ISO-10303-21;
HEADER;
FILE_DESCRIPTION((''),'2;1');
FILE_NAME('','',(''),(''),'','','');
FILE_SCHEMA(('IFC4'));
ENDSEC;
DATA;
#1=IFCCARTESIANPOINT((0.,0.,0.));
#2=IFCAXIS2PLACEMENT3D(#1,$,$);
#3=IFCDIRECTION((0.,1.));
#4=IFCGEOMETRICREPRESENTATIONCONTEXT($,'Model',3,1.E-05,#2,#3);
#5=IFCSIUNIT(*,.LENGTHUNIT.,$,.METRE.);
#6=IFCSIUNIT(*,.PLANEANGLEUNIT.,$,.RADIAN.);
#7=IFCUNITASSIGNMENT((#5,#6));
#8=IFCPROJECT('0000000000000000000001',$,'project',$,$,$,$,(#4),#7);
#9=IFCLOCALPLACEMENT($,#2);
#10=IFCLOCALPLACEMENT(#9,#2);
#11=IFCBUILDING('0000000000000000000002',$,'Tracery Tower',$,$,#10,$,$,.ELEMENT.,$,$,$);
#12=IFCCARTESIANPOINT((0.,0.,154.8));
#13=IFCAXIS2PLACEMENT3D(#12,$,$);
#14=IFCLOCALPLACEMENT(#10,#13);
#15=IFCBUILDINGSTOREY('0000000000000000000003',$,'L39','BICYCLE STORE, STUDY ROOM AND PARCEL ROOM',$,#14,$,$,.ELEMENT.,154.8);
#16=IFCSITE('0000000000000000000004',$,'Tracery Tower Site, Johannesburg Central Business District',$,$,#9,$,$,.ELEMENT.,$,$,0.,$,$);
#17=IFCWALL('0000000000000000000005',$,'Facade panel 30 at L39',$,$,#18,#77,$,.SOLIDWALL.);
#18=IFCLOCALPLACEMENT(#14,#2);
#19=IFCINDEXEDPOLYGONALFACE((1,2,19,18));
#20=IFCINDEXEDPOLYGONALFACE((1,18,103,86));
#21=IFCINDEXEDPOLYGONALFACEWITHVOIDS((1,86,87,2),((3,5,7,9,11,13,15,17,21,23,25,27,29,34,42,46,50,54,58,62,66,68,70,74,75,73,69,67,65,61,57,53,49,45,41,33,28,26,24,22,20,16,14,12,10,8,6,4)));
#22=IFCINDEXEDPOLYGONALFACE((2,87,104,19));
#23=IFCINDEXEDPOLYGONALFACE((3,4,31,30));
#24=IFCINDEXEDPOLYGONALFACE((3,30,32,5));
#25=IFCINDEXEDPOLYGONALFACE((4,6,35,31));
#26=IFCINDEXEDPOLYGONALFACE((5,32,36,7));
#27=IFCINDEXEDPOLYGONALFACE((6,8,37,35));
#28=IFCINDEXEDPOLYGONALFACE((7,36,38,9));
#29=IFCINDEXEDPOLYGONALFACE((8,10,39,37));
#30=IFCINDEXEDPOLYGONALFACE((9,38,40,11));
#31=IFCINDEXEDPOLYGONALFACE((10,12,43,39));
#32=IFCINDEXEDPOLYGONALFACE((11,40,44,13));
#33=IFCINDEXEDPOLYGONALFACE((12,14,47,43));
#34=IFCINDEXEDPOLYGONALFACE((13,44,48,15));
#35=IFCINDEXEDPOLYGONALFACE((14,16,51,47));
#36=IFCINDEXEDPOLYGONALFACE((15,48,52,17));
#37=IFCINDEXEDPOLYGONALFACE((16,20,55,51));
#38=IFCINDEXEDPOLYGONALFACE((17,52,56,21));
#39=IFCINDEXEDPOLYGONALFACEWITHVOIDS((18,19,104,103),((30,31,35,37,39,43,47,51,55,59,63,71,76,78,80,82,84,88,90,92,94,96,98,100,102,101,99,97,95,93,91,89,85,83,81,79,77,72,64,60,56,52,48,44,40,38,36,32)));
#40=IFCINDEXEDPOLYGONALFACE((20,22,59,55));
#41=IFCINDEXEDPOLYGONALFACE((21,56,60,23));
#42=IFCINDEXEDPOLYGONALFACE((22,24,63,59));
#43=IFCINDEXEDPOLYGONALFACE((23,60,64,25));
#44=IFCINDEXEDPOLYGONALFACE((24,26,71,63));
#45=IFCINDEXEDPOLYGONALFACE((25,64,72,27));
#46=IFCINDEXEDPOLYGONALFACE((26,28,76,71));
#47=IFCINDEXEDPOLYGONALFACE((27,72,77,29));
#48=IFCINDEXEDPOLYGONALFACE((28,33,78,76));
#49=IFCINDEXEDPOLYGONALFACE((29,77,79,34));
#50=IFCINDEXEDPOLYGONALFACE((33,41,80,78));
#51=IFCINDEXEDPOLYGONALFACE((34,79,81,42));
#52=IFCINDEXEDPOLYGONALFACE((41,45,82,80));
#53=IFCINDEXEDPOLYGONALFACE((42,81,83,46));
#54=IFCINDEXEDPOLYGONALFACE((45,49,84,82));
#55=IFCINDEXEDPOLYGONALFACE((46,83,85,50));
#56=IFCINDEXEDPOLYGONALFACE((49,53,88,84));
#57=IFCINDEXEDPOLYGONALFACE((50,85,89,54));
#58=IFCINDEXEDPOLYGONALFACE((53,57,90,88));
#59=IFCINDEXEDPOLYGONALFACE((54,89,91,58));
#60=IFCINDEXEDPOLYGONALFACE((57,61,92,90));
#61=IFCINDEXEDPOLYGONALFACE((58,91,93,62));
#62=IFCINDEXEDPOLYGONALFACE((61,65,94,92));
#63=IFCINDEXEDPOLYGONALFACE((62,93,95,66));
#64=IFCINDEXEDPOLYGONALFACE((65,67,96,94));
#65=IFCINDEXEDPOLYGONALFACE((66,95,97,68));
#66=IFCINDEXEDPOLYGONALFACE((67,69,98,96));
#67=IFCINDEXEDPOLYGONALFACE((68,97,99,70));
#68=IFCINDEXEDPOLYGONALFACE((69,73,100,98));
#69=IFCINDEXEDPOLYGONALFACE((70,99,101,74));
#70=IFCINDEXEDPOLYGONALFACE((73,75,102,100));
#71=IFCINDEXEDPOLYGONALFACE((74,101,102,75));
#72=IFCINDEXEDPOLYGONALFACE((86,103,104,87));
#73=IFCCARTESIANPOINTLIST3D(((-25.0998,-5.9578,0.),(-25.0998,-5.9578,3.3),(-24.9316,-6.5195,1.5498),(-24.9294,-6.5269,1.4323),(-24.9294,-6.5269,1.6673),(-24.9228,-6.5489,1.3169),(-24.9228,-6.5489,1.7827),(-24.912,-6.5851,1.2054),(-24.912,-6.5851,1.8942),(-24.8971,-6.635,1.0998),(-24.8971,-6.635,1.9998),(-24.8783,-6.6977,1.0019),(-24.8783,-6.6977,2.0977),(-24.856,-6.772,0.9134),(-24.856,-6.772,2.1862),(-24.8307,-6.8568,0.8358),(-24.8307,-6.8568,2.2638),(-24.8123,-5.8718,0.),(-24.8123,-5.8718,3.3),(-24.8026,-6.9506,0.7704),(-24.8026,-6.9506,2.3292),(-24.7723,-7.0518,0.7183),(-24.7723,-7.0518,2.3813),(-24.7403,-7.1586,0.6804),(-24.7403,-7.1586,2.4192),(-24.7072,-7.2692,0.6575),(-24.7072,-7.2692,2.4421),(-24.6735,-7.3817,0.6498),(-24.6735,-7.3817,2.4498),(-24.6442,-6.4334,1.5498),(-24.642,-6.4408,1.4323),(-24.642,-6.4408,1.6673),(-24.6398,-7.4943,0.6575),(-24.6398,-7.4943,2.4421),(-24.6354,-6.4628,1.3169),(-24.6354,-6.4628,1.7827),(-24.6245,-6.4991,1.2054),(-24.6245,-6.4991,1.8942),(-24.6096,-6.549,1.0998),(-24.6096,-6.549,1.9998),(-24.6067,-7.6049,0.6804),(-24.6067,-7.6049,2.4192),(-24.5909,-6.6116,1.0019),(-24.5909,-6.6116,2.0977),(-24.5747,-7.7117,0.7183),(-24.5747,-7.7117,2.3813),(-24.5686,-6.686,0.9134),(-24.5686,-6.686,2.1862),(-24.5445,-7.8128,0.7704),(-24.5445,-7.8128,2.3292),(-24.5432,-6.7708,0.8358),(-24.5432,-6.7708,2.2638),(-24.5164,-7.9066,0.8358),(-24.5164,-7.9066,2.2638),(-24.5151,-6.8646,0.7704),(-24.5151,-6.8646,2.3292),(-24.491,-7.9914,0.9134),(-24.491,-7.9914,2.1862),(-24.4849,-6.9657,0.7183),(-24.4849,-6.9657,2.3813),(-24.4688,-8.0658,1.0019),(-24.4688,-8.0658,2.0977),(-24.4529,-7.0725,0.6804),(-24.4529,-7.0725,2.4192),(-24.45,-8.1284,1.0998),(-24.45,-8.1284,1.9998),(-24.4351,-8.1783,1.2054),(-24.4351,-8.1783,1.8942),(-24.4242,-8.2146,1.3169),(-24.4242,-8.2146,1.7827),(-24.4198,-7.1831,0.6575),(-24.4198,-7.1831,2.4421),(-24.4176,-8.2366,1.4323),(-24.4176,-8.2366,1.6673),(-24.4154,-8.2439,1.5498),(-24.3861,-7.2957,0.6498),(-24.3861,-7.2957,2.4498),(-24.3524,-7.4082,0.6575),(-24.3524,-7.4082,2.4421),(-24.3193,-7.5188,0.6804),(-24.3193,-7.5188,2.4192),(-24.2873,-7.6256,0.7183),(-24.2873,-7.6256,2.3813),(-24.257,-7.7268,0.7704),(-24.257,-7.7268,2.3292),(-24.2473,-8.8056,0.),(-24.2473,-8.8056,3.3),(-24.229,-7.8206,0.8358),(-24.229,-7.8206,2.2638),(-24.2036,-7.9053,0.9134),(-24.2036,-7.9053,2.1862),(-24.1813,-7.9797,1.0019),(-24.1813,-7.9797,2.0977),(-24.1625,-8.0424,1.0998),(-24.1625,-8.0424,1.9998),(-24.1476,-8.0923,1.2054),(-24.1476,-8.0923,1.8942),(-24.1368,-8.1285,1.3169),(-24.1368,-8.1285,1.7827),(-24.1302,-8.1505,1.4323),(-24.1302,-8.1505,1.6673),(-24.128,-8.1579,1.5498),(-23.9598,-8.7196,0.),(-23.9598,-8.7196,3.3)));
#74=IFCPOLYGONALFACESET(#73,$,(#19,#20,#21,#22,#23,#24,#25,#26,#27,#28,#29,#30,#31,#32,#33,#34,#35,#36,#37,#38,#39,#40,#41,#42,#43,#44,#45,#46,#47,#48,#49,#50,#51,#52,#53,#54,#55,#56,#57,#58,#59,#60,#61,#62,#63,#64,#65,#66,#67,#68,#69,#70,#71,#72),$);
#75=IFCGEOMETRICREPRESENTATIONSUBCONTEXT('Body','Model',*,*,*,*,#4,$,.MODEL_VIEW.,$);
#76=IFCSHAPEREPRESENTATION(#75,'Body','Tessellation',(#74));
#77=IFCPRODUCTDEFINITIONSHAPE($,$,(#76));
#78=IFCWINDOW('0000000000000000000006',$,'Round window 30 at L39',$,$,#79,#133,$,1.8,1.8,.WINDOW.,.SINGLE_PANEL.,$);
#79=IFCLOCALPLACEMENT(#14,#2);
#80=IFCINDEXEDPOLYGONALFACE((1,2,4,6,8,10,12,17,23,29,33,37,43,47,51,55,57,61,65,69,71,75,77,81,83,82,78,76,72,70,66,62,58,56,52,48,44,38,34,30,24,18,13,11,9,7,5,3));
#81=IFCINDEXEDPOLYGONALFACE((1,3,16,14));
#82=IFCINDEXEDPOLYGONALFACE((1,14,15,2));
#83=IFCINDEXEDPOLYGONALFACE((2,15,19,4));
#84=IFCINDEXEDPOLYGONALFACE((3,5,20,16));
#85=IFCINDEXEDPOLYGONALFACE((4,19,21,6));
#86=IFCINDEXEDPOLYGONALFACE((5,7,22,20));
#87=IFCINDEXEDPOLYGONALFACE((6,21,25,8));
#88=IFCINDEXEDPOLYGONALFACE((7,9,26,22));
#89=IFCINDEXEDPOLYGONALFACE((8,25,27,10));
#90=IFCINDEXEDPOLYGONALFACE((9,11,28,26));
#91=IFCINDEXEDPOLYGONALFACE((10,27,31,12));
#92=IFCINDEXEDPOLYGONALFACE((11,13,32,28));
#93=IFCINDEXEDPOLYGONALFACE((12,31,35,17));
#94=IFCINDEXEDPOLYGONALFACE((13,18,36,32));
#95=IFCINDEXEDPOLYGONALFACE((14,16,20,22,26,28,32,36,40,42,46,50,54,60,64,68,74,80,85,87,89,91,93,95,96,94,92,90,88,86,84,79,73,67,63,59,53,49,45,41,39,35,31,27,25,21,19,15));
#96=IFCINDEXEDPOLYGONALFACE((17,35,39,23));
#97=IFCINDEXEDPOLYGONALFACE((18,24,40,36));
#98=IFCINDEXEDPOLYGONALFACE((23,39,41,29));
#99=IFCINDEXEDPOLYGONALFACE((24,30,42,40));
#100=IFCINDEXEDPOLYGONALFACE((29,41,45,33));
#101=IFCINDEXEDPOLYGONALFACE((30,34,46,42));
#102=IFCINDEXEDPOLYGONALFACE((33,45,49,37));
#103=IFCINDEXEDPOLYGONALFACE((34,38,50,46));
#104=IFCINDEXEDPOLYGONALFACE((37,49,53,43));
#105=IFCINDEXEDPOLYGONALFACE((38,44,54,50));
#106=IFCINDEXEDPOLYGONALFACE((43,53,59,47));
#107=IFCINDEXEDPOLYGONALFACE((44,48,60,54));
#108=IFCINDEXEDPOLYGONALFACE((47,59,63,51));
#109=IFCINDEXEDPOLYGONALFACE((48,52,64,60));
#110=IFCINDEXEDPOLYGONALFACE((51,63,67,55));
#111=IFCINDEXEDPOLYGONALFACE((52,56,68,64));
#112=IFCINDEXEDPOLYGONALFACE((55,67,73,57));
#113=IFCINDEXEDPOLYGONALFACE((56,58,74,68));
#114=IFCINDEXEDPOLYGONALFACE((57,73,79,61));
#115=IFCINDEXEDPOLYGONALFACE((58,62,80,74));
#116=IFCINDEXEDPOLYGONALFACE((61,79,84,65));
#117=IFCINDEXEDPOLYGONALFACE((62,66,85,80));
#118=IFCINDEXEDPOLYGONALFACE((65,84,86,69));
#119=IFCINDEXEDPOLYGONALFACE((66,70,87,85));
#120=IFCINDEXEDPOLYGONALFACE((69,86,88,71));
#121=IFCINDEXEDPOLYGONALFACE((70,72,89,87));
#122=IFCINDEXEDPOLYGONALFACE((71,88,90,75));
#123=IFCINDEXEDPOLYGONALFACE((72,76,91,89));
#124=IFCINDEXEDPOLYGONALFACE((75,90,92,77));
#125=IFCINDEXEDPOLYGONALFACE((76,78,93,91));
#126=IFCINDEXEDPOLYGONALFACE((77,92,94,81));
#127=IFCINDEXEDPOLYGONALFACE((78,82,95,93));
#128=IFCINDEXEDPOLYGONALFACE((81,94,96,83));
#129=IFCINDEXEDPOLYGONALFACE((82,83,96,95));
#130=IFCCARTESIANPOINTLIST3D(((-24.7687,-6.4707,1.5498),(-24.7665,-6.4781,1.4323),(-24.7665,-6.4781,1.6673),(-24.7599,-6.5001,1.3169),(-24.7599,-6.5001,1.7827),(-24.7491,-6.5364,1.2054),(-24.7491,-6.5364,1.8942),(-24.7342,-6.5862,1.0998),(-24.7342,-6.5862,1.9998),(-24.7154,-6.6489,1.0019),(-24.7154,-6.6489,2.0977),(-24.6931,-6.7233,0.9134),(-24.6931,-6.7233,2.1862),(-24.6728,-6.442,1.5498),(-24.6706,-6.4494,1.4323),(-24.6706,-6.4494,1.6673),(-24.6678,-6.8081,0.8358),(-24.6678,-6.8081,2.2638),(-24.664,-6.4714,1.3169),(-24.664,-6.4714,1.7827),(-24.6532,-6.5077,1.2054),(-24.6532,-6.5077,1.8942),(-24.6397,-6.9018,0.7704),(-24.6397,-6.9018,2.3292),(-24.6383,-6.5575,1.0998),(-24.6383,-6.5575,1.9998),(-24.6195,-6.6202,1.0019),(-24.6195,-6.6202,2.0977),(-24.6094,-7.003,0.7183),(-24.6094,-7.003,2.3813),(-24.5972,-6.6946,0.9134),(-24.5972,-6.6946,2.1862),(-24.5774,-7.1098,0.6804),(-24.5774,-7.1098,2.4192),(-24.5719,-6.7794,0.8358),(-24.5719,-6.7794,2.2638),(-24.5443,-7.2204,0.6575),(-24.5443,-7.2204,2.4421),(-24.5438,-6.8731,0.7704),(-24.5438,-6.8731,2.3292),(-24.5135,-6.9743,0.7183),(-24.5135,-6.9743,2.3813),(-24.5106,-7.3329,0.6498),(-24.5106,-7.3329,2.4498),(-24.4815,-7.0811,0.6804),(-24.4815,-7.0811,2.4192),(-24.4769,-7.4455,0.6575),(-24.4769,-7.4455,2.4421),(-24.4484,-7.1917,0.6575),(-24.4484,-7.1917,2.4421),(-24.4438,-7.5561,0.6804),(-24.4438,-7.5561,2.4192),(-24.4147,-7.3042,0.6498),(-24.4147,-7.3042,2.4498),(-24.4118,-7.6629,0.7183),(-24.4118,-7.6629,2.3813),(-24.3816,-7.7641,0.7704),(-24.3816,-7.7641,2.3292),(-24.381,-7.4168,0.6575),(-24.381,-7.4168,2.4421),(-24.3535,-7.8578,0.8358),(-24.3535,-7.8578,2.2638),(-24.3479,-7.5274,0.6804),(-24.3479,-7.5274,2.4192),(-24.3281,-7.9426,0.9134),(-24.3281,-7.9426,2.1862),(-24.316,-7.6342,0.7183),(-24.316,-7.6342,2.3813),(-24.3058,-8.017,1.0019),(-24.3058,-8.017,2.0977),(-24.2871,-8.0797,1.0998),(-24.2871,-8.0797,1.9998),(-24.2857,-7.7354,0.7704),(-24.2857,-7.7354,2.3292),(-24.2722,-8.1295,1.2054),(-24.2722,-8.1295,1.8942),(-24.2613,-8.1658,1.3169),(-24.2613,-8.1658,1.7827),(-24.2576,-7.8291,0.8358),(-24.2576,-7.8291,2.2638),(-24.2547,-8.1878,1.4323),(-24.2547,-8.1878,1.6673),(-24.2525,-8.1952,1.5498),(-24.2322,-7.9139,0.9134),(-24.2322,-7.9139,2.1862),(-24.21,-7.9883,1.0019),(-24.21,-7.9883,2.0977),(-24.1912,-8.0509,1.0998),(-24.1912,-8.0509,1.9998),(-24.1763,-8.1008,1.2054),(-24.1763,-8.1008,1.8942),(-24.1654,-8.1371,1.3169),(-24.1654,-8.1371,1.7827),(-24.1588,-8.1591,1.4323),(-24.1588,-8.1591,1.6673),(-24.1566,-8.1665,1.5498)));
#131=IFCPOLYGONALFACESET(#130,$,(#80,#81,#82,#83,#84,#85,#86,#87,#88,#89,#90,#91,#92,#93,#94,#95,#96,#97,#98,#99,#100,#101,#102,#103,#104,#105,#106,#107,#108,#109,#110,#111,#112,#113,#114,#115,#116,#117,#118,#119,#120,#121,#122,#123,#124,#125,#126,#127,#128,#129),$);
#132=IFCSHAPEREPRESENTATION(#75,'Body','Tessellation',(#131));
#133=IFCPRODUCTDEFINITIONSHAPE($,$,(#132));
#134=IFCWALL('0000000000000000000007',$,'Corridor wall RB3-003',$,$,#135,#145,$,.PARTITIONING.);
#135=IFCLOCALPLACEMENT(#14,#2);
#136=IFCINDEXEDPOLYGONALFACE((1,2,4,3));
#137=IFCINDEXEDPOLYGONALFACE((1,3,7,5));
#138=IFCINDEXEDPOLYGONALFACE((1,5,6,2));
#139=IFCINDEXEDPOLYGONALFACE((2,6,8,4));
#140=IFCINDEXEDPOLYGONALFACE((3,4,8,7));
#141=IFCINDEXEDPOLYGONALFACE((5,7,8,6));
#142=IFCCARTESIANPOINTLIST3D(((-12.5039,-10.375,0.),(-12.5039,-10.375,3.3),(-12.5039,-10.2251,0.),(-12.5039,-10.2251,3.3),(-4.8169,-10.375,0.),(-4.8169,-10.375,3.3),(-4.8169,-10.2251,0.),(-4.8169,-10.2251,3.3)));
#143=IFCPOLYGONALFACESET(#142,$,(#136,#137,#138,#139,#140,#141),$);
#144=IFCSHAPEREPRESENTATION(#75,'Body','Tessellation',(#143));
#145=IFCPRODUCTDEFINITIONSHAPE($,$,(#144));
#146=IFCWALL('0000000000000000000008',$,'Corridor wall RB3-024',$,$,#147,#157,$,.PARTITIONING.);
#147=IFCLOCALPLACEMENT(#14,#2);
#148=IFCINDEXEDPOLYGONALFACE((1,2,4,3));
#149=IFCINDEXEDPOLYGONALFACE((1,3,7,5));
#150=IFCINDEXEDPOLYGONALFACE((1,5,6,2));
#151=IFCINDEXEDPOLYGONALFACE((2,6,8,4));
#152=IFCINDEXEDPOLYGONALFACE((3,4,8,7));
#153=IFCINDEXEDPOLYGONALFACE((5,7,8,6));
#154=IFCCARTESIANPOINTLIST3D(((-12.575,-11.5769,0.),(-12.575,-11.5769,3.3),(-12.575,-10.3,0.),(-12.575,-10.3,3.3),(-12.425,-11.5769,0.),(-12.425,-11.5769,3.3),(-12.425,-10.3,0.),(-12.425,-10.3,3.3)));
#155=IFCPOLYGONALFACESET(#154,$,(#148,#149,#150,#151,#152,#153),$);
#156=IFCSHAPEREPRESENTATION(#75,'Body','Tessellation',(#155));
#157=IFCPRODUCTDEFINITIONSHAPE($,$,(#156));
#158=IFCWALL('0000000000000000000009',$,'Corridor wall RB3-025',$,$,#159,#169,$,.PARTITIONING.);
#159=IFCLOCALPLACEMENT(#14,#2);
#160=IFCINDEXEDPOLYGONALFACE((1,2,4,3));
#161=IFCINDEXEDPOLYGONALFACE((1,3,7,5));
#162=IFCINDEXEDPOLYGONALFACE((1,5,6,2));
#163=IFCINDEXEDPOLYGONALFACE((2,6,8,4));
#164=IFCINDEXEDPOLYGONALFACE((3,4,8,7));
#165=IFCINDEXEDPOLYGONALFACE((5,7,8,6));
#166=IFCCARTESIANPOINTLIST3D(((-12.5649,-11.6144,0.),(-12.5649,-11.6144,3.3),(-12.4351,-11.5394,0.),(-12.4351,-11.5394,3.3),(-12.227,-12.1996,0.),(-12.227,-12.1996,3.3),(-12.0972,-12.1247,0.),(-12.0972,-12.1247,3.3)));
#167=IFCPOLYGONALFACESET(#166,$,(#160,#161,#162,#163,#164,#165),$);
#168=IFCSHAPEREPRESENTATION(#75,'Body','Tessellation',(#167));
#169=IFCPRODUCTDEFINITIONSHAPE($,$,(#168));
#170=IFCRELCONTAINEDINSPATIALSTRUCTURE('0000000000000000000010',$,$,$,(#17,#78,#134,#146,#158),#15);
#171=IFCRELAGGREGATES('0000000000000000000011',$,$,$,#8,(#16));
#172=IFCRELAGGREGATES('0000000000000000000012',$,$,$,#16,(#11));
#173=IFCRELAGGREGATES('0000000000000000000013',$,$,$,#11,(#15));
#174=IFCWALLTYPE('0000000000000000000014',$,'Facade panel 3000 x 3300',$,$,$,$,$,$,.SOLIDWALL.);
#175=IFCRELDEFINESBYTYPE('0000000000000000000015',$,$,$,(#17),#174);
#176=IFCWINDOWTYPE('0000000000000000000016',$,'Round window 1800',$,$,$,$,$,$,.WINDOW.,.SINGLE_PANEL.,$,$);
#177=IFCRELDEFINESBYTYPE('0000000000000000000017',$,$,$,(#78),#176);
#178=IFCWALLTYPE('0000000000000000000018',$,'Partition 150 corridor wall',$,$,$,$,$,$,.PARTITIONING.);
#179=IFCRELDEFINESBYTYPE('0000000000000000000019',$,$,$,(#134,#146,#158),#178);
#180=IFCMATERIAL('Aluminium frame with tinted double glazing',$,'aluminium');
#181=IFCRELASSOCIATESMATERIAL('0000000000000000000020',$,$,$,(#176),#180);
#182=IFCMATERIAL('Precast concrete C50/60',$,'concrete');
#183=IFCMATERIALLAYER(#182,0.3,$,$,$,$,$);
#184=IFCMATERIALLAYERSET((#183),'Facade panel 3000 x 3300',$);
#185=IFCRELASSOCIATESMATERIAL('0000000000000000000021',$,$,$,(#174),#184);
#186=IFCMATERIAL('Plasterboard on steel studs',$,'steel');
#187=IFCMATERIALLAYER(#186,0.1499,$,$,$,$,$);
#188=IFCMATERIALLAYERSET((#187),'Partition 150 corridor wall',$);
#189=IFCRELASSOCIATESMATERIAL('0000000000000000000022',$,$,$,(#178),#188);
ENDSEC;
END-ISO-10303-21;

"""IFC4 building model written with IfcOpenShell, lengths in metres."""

from ifc_helpers import new_model, si_unit, direction, frame, frame_2d, origin, origin_2d, place, context, subcontext, project, spatial, rectangle, circle, extrude, material, layer, layer_set, type_object, element, fill, save


model = new_model("IFC4")

# Units and contexts
model_context = context("Model", 3, precision=1e-05, world=origin(), true_north=direction((0.0, 1.0)))
body_context = subcontext(model_context, "Body", "Model", "MODEL_VIEW")
ifc_project = project(units=[si_unit("LENGTHUNIT", "METRE"), si_unit("PLANEANGLEUNIT", "RADIAN")], contexts=[model_context])

# Site, building, storey
site_placement = place(None, origin())
site = spatial("IfcSite", under=ifc_project, at=site_placement, Name="Tracery Tower Site, Johannesburg Central Business District", CompositionType="ELEMENT", RefElevation=0.0)
building_placement = place(site_placement, origin())
building = spatial("IfcBuilding", under=site, at=building_placement, Name="Tracery Tower", CompositionType="ELEMENT")
storey_placement = place(building_placement, frame((0.0, 0.0, 154.8)))
storey = spatial("IfcBuildingStorey", under=building, at=storey_placement, Name="L39", Description="BICYCLE STORE, STUDY ROOM AND PARCEL ROOM", CompositionType="ELEMENT", Elevation=154.8)

# Wall, opening, window
ifc_material_1 = material(Name="Aluminium frame with tinted double glazing", Category="aluminium")
window_type = type_object("IfcWindowType", Name="Round window 1800", PartitioningType="SINGLE_PANEL", PredefinedType="WINDOW", material=ifc_material_1)
ifc_material_2 = material(Name="Precast concrete C50/60", Category="concrete")
ifc_layer_1 = layer(ifc_material_2, 0.3)
ifc_layer_set_1 = layer_set([ifc_layer_1], Name="Facade panel 3000 x 3300")
wall_type_1 = type_object("IfcWallType", Name="Facade panel 3000 x 3300", PredefinedType="SOLIDWALL", material=ifc_layer_set_1)
wall_1_placement = place(storey_placement, frame((-24.9561, -5.9148, 0.0), z_axis=(0.0, 0.0, 1.0), x_axis=(0.286783, -0.957996, 0.0)))
wall_1 = element("IfcWall", 1, at=wall_1_placement, inside=storey, type_object=wall_type_1, Name="Facade panel 30 at L39", PredefinedType="SOLIDWALL", context=body_context, shape_type="SweptSolid", body=[
    extrude(rectangle(XDim=2.9727, YDim=0.3, at=frame_2d((1.4863, 0.0))), origin(), (0.0, 0.0, 1.0), 3.3),
])
opening_1_placement = place(wall_1_placement, frame((1.4863, 0.0, 1.5498)))
opening_1 = element("IfcOpeningElement", 2, at=opening_1_placement, cuts=wall_1, PredefinedType="OPENING", context=body_context, shape_type="SweptSolid", body=[
    extrude(circle(Radius=0.9, at=origin_2d()), frame((0.0, 0.1599, 0.0), z_axis=(0.0, -1.0, 0.0), x_axis=(1.0, 0.0, 0.0)), (0.0, 0.0, 1.0), 0.3201),
])
window_1_placement = place(opening_1_placement, origin())
window_1 = element("IfcWindow", 3, at=window_1_placement, inside=storey, type_object=window_type, Name="Round window 30 at L39", OverallHeight=1.8, OverallWidth=1.8, PartitioningType="SINGLE_PANEL", PredefinedType="WINDOW", context=body_context, shape_type="SweptSolid", body=[
    extrude(circle(Radius=0.9, at=origin_2d()), frame((0.0, 0.1201, 0.0), z_axis=(0.0, -1.0, 0.0), x_axis=(1.0, 0.0, 0.0)), (0.0, 0.0, 1.0), 0.1001),
])
fill(opening_1, window_1)

# Walls
ifc_material_3 = material(Name="Plasterboard on steel studs", Category="steel")
ifc_layer_2 = layer(ifc_material_3, 0.1499)
ifc_layer_set_2 = layer_set([ifc_layer_2], Name="Partition 150 corridor wall")
wall_type_2 = type_object("IfcWallType", Name="Partition 150 corridor wall", PredefinedType="PARTITIONING", material=ifc_layer_set_2)
wall_2_placement = place(storey_placement, frame((-12.5039, -10.3, 0.0), z_axis=(0.0, 0.0, 1.0), x_axis=(1.0, 0.0, 0.0)))
element("IfcWall", 4, at=wall_2_placement, inside=storey, type_object=wall_type_2, Name="Corridor wall RB3-003", PredefinedType="PARTITIONING", context=body_context, shape_type="SweptSolid", body=[
    extrude(rectangle(XDim=7.687, YDim=0.1499, at=frame_2d((3.8435, 0.0))), origin(), (0.0, 0.0, 1.0), 3.3),
])
wall_3_placement = place(storey_placement, frame((-12.5, -11.5769, 0.0), z_axis=(0.0, 0.0, 1.0), x_axis=(0.0, 1.0, 0.0)))
element("IfcWall", 5, at=wall_3_placement, inside=storey, type_object=wall_type_2, Name="Corridor wall RB3-024", PredefinedType="PARTITIONING", context=body_context, shape_type="SweptSolid", body=[
    extrude(rectangle(XDim=1.2769, YDim=0.1499, at=frame_2d((0.6384, 0.0))), origin(), (0.0, 0.0, 1.0), 3.3),
])
wall_4_placement = place(storey_placement, frame((-12.5, -11.5769, 0.0), z_axis=(0.0, 0.0, 1.0), x_axis=(0.500025, -0.866011, 0.0)))
element("IfcWall", 6, at=wall_4_placement, inside=storey, type_object=wall_type_2, Name="Corridor wall RB3-025", PredefinedType="PARTITIONING", context=body_context, shape_type="SweptSolid", body=[
    extrude(rectangle(XDim=0.6758, YDim=0.1499, at=frame_2d((0.3379, 0.0))), origin(), (0.0, 0.0, 1.0), 3.3),
])

save(model, "model.ifc")
